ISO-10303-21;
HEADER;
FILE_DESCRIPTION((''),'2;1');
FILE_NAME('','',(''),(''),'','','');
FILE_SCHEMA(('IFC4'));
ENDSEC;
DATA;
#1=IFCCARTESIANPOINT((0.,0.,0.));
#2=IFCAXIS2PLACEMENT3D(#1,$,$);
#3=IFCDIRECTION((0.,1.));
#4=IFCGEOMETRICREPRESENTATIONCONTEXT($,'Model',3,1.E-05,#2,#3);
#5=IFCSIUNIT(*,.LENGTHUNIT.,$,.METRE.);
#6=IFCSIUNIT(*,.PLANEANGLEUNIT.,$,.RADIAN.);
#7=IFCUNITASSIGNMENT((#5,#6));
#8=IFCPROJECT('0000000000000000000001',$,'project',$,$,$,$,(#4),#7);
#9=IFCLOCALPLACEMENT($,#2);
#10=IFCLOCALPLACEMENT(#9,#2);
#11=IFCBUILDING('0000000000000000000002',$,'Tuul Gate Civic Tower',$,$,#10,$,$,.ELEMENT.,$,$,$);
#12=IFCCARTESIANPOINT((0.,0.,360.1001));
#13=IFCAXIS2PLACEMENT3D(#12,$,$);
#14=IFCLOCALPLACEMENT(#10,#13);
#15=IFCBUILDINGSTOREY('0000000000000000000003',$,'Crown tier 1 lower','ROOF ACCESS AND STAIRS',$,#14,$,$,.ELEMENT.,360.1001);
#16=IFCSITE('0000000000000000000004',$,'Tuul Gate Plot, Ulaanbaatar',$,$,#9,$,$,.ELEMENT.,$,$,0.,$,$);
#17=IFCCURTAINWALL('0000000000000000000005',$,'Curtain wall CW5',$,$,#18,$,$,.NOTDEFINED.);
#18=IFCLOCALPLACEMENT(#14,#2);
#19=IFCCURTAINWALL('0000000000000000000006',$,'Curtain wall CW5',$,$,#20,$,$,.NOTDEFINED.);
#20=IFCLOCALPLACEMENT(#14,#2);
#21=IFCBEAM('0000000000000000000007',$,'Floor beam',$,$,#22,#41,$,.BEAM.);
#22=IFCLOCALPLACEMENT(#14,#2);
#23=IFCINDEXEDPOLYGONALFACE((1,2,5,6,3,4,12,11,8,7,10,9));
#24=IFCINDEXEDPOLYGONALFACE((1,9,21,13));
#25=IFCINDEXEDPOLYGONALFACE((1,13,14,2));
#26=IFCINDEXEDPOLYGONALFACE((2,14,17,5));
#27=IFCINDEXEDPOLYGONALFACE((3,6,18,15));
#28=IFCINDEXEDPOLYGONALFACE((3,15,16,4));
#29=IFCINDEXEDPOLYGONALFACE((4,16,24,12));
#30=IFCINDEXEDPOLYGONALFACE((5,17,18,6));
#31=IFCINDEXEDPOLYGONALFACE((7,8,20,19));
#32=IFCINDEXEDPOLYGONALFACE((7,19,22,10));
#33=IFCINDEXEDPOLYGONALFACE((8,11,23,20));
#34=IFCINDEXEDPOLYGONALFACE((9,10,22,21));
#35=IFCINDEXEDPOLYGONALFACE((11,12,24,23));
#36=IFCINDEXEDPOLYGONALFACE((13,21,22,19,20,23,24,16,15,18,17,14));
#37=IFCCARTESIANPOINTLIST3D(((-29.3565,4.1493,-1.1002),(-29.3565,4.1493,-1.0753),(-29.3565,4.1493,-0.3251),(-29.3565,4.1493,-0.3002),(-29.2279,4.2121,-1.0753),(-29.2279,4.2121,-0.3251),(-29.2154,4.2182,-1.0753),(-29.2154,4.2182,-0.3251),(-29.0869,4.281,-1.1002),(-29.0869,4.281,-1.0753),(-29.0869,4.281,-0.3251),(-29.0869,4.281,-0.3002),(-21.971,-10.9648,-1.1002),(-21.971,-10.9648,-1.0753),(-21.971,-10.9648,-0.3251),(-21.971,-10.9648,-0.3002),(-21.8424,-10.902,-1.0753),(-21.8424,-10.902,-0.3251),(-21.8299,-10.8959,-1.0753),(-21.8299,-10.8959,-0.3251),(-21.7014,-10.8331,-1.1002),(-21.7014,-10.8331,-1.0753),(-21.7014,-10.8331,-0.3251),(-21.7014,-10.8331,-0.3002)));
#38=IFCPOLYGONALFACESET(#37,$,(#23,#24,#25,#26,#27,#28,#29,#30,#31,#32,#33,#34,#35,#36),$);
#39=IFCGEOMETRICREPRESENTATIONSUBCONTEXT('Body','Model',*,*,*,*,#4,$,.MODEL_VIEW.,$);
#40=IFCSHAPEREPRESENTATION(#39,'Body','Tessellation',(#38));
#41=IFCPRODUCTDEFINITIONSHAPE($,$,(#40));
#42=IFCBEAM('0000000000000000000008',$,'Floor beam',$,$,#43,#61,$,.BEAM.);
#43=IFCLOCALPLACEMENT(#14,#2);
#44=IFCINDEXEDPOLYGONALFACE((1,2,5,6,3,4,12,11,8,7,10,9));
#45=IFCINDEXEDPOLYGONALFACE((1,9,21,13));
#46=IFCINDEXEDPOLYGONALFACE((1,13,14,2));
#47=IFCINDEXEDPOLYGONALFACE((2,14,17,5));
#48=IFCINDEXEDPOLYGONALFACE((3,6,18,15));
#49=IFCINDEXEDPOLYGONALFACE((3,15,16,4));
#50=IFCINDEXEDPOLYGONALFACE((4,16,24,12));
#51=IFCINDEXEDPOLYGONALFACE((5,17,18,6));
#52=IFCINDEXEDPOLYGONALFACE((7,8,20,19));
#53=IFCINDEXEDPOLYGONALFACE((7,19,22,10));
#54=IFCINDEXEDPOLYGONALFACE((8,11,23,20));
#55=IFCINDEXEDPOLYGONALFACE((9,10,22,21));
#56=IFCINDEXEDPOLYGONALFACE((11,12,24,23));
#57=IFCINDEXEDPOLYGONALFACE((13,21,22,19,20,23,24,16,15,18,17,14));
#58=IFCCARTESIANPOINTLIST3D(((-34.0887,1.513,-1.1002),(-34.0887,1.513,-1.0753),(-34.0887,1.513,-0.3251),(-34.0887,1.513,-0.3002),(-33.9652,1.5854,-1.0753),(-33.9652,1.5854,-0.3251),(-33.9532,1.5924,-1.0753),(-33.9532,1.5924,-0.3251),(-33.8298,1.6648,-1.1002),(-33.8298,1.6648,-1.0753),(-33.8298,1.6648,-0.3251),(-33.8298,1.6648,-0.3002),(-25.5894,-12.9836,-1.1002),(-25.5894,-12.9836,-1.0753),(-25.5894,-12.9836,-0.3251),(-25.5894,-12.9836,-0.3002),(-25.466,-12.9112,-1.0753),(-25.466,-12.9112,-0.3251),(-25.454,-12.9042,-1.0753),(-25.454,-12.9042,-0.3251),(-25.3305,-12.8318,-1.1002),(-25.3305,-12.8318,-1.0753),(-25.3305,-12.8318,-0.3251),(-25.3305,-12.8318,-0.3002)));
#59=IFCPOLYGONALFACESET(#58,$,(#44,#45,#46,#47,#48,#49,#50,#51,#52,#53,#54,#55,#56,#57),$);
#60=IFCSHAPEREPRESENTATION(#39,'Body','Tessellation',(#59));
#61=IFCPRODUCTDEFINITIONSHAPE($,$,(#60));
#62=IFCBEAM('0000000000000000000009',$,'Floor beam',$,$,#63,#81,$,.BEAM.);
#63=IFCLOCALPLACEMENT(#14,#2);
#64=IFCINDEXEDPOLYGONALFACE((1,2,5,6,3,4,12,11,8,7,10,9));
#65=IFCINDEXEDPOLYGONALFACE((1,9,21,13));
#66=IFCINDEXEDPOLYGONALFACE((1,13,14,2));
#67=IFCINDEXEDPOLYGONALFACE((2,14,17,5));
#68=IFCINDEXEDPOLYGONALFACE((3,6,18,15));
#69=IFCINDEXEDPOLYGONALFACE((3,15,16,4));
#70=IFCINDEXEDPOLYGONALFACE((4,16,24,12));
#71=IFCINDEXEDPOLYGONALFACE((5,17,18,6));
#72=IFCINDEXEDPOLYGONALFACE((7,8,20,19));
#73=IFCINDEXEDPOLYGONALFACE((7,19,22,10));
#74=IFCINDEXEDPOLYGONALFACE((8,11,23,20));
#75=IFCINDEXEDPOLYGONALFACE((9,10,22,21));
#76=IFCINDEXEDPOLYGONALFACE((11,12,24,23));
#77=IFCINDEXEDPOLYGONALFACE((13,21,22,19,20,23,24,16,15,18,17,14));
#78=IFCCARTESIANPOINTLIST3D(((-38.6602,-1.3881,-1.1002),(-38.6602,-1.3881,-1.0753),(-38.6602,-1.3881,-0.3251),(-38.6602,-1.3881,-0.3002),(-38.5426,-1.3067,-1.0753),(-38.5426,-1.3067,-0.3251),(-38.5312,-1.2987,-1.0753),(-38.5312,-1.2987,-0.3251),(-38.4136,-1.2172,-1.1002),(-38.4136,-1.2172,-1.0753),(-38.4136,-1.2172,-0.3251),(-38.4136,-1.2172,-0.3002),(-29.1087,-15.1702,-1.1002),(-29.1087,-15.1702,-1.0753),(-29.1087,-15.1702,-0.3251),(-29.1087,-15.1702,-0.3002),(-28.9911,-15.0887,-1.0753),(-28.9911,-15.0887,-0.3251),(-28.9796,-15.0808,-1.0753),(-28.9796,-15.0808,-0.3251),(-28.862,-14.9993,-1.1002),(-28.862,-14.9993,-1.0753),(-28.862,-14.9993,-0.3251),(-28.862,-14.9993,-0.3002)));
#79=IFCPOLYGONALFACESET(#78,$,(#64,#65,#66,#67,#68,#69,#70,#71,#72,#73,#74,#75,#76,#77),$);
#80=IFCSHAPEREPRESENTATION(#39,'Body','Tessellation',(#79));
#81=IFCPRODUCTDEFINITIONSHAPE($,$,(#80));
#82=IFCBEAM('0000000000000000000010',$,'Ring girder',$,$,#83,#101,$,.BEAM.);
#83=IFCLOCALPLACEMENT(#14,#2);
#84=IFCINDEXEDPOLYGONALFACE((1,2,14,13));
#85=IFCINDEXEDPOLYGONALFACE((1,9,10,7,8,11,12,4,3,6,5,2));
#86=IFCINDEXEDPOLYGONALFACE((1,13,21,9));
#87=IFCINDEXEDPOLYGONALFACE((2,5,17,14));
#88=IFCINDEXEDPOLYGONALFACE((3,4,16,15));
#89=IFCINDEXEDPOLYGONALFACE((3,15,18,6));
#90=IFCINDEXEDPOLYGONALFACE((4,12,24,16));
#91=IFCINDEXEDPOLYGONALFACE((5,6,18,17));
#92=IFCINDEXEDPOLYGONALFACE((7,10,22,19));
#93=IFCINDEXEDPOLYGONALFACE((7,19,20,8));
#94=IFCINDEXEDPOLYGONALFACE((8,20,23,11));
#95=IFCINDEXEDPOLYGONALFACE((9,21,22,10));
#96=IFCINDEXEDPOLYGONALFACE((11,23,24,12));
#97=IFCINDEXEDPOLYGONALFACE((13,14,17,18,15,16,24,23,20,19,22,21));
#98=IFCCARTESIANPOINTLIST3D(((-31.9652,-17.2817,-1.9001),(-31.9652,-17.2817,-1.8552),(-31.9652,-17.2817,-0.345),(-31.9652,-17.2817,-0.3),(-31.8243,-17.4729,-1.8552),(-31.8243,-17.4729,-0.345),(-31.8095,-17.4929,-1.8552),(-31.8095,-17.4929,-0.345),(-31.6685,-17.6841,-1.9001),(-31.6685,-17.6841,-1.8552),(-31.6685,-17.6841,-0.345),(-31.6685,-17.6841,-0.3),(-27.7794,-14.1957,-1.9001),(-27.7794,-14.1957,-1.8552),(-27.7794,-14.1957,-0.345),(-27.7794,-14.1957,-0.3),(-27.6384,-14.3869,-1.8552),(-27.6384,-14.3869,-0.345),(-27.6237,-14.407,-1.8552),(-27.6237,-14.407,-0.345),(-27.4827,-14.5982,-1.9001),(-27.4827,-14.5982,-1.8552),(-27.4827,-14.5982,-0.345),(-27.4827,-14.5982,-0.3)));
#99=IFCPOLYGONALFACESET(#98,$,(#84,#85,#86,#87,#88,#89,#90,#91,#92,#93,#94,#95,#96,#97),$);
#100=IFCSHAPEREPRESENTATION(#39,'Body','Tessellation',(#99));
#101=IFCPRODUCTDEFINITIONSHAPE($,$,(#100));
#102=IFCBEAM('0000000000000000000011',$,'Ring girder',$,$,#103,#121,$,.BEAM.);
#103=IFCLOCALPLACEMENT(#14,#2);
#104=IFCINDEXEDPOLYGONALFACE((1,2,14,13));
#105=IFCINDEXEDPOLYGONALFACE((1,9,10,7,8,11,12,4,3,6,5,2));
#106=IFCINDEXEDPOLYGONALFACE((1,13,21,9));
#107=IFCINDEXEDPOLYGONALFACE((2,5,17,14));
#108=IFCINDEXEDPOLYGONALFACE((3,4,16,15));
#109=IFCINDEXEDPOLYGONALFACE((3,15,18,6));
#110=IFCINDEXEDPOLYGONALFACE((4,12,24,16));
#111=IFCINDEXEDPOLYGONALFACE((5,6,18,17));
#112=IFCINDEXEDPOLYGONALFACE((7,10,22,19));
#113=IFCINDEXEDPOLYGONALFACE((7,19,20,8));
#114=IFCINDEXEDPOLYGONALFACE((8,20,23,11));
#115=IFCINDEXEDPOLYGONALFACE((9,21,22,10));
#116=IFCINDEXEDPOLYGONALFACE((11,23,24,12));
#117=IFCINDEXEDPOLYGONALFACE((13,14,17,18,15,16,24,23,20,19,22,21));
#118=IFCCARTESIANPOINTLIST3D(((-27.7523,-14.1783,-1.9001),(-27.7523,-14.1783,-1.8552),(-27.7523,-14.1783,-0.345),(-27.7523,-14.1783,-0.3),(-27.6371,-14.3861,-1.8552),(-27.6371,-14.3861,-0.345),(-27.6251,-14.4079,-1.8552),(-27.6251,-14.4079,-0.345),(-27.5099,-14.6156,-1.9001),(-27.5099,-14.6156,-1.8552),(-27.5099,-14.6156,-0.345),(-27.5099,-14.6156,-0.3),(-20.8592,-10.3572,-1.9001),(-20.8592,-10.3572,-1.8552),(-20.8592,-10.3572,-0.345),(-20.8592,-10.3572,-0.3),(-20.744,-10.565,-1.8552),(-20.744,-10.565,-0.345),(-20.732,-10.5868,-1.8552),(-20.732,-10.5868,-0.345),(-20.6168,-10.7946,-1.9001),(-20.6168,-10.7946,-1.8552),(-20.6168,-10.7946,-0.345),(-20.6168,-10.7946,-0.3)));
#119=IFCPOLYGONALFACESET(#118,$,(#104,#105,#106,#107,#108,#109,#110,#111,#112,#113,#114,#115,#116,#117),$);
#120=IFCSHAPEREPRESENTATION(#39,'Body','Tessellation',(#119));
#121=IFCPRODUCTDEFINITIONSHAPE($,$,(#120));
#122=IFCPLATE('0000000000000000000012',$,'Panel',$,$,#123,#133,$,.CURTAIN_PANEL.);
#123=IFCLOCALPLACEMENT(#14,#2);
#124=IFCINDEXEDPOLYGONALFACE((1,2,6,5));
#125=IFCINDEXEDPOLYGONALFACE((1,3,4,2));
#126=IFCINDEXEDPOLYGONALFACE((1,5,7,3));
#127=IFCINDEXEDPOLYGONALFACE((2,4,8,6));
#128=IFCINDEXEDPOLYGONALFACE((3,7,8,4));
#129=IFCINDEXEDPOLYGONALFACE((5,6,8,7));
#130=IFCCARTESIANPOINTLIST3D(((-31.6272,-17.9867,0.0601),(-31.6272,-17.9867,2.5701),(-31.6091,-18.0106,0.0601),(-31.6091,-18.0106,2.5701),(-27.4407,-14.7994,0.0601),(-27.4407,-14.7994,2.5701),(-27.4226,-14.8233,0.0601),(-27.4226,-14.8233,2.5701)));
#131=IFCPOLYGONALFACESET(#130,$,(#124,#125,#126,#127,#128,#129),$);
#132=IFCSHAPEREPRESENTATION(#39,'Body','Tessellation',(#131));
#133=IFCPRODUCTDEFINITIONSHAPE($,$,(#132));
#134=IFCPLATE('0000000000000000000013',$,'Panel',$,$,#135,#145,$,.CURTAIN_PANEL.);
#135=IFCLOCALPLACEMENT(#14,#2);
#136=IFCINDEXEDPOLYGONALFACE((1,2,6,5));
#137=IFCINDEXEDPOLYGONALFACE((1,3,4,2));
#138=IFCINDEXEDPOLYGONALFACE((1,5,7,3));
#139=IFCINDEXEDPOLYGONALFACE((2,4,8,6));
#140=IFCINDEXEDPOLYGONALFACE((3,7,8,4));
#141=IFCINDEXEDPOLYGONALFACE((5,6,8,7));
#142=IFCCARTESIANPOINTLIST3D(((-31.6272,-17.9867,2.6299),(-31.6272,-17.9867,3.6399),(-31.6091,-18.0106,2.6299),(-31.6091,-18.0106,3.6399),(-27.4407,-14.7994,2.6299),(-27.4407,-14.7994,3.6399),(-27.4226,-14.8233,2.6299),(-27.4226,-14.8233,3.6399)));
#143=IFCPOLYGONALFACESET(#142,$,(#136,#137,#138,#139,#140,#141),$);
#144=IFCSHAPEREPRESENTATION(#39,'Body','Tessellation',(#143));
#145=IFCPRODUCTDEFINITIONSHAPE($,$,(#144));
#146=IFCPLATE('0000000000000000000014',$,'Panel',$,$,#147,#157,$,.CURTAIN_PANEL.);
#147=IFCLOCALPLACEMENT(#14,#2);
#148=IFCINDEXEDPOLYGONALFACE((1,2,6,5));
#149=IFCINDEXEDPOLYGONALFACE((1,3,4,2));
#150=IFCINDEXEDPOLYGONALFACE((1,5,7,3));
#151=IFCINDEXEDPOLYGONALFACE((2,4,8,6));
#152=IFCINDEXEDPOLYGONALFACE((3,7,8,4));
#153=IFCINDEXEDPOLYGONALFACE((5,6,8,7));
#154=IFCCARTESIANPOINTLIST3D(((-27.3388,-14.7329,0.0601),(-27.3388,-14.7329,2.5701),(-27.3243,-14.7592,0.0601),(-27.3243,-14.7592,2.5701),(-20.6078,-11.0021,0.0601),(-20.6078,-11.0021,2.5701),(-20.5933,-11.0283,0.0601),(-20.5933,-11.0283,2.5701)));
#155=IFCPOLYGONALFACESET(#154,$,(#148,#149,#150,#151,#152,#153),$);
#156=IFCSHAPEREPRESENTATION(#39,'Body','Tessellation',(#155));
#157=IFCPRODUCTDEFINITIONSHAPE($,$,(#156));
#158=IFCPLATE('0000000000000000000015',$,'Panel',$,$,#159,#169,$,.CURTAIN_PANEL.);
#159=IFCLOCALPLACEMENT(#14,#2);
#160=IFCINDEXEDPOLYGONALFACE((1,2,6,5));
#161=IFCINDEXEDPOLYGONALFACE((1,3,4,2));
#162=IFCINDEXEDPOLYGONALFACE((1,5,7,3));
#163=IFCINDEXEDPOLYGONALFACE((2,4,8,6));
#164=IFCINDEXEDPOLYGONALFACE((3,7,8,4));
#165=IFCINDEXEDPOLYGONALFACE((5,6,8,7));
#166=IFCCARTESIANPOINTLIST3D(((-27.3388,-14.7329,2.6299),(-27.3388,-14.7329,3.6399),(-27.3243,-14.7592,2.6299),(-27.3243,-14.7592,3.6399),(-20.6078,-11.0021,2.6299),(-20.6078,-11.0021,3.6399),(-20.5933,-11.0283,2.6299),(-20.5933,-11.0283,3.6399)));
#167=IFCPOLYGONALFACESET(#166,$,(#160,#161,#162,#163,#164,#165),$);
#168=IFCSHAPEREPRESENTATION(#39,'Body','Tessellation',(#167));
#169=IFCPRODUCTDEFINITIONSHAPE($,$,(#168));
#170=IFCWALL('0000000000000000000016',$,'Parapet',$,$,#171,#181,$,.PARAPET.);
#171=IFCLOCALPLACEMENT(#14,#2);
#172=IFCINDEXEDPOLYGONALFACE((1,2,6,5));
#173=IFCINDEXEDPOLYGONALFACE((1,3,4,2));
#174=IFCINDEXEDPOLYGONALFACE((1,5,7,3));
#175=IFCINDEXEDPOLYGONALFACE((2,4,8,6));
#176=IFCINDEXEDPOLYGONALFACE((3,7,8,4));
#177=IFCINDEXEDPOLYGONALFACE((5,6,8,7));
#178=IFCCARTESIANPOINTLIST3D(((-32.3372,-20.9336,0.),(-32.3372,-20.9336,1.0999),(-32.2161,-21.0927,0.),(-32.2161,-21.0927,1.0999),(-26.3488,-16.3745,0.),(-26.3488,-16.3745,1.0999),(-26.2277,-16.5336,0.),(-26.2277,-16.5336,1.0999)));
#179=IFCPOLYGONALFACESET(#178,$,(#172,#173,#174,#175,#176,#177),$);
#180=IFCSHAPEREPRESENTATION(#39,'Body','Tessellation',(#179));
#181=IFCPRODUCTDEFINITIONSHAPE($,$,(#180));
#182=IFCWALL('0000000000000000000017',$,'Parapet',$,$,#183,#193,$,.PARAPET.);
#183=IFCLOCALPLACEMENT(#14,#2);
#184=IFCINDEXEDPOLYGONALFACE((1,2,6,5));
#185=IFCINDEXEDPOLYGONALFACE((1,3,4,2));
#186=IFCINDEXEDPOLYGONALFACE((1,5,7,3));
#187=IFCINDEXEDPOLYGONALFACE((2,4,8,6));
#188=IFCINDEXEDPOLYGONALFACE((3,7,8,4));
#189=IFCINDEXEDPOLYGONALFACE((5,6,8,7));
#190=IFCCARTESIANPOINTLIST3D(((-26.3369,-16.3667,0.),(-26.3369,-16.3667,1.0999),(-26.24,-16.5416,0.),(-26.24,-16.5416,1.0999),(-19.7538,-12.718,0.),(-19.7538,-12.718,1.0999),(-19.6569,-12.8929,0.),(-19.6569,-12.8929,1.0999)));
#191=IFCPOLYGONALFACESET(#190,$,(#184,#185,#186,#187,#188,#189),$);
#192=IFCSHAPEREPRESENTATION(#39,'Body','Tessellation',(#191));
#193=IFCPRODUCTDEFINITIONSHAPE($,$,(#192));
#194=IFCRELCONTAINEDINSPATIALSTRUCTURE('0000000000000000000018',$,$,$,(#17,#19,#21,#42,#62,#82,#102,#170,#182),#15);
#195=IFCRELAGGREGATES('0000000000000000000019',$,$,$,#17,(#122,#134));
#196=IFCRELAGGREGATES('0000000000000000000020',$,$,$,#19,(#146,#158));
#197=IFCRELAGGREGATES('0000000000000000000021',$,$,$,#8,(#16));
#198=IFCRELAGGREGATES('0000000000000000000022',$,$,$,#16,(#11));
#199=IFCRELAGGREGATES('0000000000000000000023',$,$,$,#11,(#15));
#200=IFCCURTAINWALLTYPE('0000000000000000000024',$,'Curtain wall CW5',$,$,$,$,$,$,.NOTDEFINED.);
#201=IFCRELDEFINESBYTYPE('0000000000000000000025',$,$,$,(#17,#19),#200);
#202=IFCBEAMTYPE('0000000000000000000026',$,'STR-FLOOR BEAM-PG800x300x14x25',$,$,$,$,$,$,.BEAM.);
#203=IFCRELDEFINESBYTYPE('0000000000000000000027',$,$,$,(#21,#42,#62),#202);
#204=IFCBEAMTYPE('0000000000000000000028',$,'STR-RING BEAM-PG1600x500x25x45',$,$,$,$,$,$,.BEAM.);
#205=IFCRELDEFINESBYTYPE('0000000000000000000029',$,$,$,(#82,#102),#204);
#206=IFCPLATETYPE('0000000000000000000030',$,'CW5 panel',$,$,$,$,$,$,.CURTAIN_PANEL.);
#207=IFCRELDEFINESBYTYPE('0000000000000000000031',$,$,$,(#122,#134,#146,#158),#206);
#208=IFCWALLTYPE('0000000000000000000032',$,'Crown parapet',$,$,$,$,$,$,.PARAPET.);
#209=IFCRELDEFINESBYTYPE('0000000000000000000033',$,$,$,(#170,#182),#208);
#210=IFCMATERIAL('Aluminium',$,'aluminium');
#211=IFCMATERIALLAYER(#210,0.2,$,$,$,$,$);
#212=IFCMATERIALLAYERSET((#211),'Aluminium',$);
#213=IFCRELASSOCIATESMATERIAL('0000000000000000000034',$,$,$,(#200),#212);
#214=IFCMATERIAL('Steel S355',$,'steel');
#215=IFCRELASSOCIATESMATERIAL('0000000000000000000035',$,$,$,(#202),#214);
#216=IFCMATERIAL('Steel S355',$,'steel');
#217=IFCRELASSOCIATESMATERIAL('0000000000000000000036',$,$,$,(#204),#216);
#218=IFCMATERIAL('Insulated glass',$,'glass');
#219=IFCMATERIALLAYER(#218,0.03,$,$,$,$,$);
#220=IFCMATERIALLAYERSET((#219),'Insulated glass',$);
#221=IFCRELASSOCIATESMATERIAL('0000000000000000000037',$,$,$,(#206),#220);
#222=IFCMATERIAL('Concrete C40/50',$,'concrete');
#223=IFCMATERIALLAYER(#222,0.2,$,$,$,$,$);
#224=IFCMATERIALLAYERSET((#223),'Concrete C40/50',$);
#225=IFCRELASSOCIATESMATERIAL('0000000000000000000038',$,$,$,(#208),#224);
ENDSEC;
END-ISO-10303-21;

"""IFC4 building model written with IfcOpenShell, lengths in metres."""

from ifc_helpers import new_model, si_unit, direction, frame, frame_2d, origin, origin_2d, place, context, subcontext, project, spatial, rectangle, i_section, extrude, material, layer, layer_set, material_profile, profile_set, type_object, element, aggregate, save


model = new_model("IFC4")

# Units and contexts
model_context = context("Model", 3, precision=1e-05, world=origin(), true_north=direction((0.0, 1.0)))
body_context = subcontext(model_context, "Body", "Model", "MODEL_VIEW")
ifc_project = project(units=[si_unit("LENGTHUNIT", "METRE"), si_unit("PLANEANGLEUNIT", "RADIAN")], contexts=[model_context])

# Site, building, storey
site_placement = place(None, origin())
site = spatial("IfcSite", under=ifc_project, at=site_placement, Name="Tuul Gate Plot, Ulaanbaatar", CompositionType="ELEMENT", RefElevation=0.0)
building_placement = place(site_placement, origin())
building = spatial("IfcBuilding", under=site, at=building_placement, Name="Tuul Gate Civic Tower", CompositionType="ELEMENT")
storey_placement = place(building_placement, frame((0.0, 0.0, 360.1001)))
storey = spatial("IfcBuildingStorey", under=building, at=storey_placement, Name="Crown tier 1 lower", Description="ROOF ACCESS AND STAIRS", CompositionType="ELEMENT", Elevation=360.1001)

# Shared definitions
ifc_material_1 = material(Name="Aluminium", Category="aluminium")
ifc_layer_1 = layer(ifc_material_1, 0.2)
ifc_layer_set_1 = layer_set([ifc_layer_1], Name="Aluminium")
curtain_wall_type = type_object("IfcCurtainWallType", Name="Curtain wall CW5", PredefinedType="NOTDEFINED", material=ifc_layer_set_1)

# Curtain wall
curtain_wall_1_placement = place(storey_placement, origin())
curtain_wall_1 = element("IfcCurtainWall", 1, at=curtain_wall_1_placement, inside=storey, type_object=curtain_wall_type, Name="Curtain wall CW5", PredefinedType="NOTDEFINED")

# Curtain wall
curtain_wall_2_placement = place(storey_placement, origin())
curtain_wall_2 = element("IfcCurtainWall", 2, at=curtain_wall_2_placement, inside=storey, type_object=curtain_wall_type, Name="Curtain wall CW5", PredefinedType="NOTDEFINED")

# Beams
ifc_material_2 = material(Name="Steel S355", Category="steel")
ifc_material_profile_1 = material_profile(ifc_material_2, i_section(OverallWidth=0.3, OverallDepth=0.8, WebThickness=0.0139, FlangeThickness=0.0249, at=origin_2d()), Name="PG800x300x14x25")
ifc_profile_set_1 = profile_set([ifc_material_profile_1], Name="Steel S355")
beam_type_1 = type_object("IfcBeamType", Name="STR-FLOOR BEAM-PG800x300x14x25", PredefinedType="BEAM", material=ifc_profile_set_1)
beam_1_placement = place(storey_placement, frame((-21.8362, -10.8989, -0.7002), z_axis=(-0.439039, 0.898468, 0.0), x_axis=(-0.898468, -0.439039, 0.0)))
element("IfcBeam", 3, at=beam_1_placement, inside=storey, type_object=beam_type_1, Name="Floor beam", PredefinedType="BEAM", context=body_context, shape_type="SweptSolid", body=[
    extrude(i_section(OverallWidth=0.3, OverallDepth=0.8, WebThickness=0.0139, FlangeThickness=0.0249, at=origin_2d()), origin(), (0.0, 0.0, 1.0), 16.822),
])
beam_2_placement = place(storey_placement, frame((-25.46, -12.9077, -0.7002), z_axis=(-0.505776, 0.862665, 0.0), x_axis=(-0.862665, -0.505776, 0.0)))
element("IfcBeam", 4, at=beam_2_placement, inside=storey, type_object=beam_type_1, Name="Floor beam", PredefinedType="BEAM", context=body_context, shape_type="SweptSolid", body=[
    extrude(i_section(OverallWidth=0.3, OverallDepth=0.8, WebThickness=0.0139, FlangeThickness=0.0249, at=origin_2d()), origin(), (0.0, 0.0, 1.0), 16.8044),
])
beam_3_placement = place(storey_placement, frame((-28.9854, -15.0847, -0.7002), z_axis=(-0.569619, 0.821909, 0.0), x_axis=(-0.821909, -0.569619, 0.0)))
element("IfcBeam", 5, at=beam_3_placement, inside=storey, type_object=beam_type_1, Name="Floor beam", PredefinedType="BEAM", context=body_context, shape_type="SweptSolid", body=[
    extrude(i_section(OverallWidth=0.3, OverallDepth=0.8, WebThickness=0.0139, FlangeThickness=0.0249, at=origin_2d()), origin(), (0.0, 0.0, 1.0), 16.7683),
])
ifc_material_3 = material(Name="Steel S355", Category="steel")
ifc_material_profile_2 = material_profile(ifc_material_3, i_section(OverallWidth=0.5, OverallDepth=1.6001, WebThickness=0.0249, FlangeThickness=0.0449, at=origin_2d()), Name="PG1600x500x25x45")
ifc_profile_set_2 = profile_set([ifc_material_profile_2], Name="Steel S355")
beam_type_2 = type_object("IfcBeamType", Name="STR-RING BEAM-PG1600x500x25x45", PredefinedType="BEAM", material=ifc_profile_set_2)
beam_4_placement = place(storey_placement, frame((-31.8169, -17.4829, -1.1001), z_axis=(0.804902, 0.593407, 0.0), x_axis=(-0.593407, 0.804902, 0.0)))
element("IfcBeam", 6, at=beam_4_placement, inside=storey, type_object=beam_type_2, Name="Ring girder", PredefinedType="BEAM", context=body_context, shape_type="SweptSolid", body=[
    extrude(i_section(OverallWidth=0.5, OverallDepth=1.6001, WebThickness=0.0249, FlangeThickness=0.0449, at=origin_2d()), origin(), (0.0, 0.0, 1.0), 5.2004),
])
beam_5_placement = place(storey_placement, frame((-27.6311, -14.397, -1.1001), z_axis=(0.874611, 0.484825, 0.0), x_axis=(-0.484825, 0.874611, 0.0)))
element("IfcBeam", 7, at=beam_5_placement, inside=storey, type_object=beam_type_2, Name="Ring girder", PredefinedType="BEAM", context=body_context, shape_type="SweptSolid", body=[
    extrude(i_section(OverallWidth=0.5, OverallDepth=1.6001, WebThickness=0.0249, FlangeThickness=0.0449, at=origin_2d()), origin(), (0.0, 0.0, 1.0), 7.8813),
])

# Plates
ifc_material_4 = material(Name="Insulated glass", Category="glass")
ifc_layer_2 = layer(ifc_material_4, 0.03)
ifc_layer_set_2 = layer_set([ifc_layer_2], Name="Insulated glass")
plate_type = type_object("IfcPlateType", Name="CW5 panel", PredefinedType="CURTAIN_PANEL", material=ifc_layer_set_2)
plate_1_placement = place(storey_placement, frame((-29.5249, -16.405, 0.0601), z_axis=(0.0, 0.0, 1.0), x_axis=(0.795653, 0.605752, 0.0)))
plate_1 = element("IfcPlate", 8, at=plate_1_placement, type_object=plate_type, Name="Panel", PredefinedType="CURTAIN_PANEL", context=body_context, shape_type="SweptSolid", body=[
    extrude(rectangle(XDim=5.2617, YDim=0.03, at=origin_2d()), origin(), (0.0, 0.0, 1.0), 2.51),
])
plate_2_placement = place(storey_placement, frame((-29.5249, -16.405, 2.6299), z_axis=(0.0, 0.0, 1.0), x_axis=(0.795653, 0.605752, 0.0)))
plate_2 = element("IfcPlate", 9, at=plate_2_placement, type_object=plate_type, Name="Panel", PredefinedType="CURTAIN_PANEL", context=body_context, shape_type="SweptSolid", body=[
    extrude(rectangle(XDim=5.2617, YDim=0.03, at=origin_2d()), origin(), (0.0, 0.0, 1.0), 1.01),
])
aggregate(curtain_wall_1, [plate_1, plate_2])
plate_3_placement = place(storey_placement, frame((-23.9661, -12.8806, 0.0601), z_axis=(0.0, 0.0, 1.0), x_axis=(0.874634, 0.484784, 0.0)))
plate_3 = element("IfcPlate", 10, at=plate_3_placement, type_object=plate_type, Name="Panel", PredefinedType="CURTAIN_PANEL", context=body_context, shape_type="SweptSolid", body=[
    extrude(rectangle(XDim=7.6958, YDim=0.03, at=origin_2d()), origin(), (0.0, 0.0, 1.0), 2.51),
])
plate_4_placement = place(storey_placement, frame((-23.9661, -12.8806, 2.6299), z_axis=(0.0, 0.0, 1.0), x_axis=(0.874634, 0.484784, 0.0)))
plate_4 = element("IfcPlate", 11, at=plate_4_placement, type_object=plate_type, Name="Panel", PredefinedType="CURTAIN_PANEL", context=body_context, shape_type="SweptSolid", body=[
    extrude(rectangle(XDim=7.6958, YDim=0.03, at=origin_2d()), origin(), (0.0, 0.0, 1.0), 1.01),
])
aggregate(curtain_wall_2, [plate_3, plate_4])

# Walls
ifc_material_5 = material(Name="Concrete C40/50", Category="concrete")
ifc_layer_3 = layer(ifc_material_5, 0.2)
ifc_layer_set_3 = layer_set([ifc_layer_3], Name="Concrete C40/50")
wall_type_1 = type_object("IfcWallType", Name="Crown parapet", PredefinedType="PARAPET", material=ifc_layer_set_3)
wall_1_placement = place(storey_placement, frame((-32.2766, -21.0132, 0.0), z_axis=(0.0, 0.0, 1.0), x_axis=(0.795651, 0.605756, 0.0)))
element("IfcWall", 12, at=wall_1_placement, inside=storey, type_object=wall_type_1, Name="Parapet", PredefinedType="PARAPET", context=body_context, shape_type="SweptSolid", body=[
    extrude(rectangle(XDim=7.5264, YDim=0.2, at=frame_2d((3.7632, 0.0))), origin(), (0.0, 0.0, 1.0), 1.0999),
])
wall_2_placement = place(storey_placement, frame((-26.2883, -16.4541, 0.0), z_axis=(0.0, 0.0, 1.0), x_axis=(0.874639, 0.484775, 0.0)))
element("IfcWall", 13, at=wall_2_placement, inside=storey, type_object=wall_type_1, Name="Parapet", PredefinedType="PARAPET", context=body_context, shape_type="SweptSolid", body=[
    extrude(rectangle(XDim=7.5266, YDim=0.2, at=frame_2d((3.7632, 0.0))), origin(), (0.0, 0.0, 1.0), 1.0999),
])

save(model, "model.ifc")
